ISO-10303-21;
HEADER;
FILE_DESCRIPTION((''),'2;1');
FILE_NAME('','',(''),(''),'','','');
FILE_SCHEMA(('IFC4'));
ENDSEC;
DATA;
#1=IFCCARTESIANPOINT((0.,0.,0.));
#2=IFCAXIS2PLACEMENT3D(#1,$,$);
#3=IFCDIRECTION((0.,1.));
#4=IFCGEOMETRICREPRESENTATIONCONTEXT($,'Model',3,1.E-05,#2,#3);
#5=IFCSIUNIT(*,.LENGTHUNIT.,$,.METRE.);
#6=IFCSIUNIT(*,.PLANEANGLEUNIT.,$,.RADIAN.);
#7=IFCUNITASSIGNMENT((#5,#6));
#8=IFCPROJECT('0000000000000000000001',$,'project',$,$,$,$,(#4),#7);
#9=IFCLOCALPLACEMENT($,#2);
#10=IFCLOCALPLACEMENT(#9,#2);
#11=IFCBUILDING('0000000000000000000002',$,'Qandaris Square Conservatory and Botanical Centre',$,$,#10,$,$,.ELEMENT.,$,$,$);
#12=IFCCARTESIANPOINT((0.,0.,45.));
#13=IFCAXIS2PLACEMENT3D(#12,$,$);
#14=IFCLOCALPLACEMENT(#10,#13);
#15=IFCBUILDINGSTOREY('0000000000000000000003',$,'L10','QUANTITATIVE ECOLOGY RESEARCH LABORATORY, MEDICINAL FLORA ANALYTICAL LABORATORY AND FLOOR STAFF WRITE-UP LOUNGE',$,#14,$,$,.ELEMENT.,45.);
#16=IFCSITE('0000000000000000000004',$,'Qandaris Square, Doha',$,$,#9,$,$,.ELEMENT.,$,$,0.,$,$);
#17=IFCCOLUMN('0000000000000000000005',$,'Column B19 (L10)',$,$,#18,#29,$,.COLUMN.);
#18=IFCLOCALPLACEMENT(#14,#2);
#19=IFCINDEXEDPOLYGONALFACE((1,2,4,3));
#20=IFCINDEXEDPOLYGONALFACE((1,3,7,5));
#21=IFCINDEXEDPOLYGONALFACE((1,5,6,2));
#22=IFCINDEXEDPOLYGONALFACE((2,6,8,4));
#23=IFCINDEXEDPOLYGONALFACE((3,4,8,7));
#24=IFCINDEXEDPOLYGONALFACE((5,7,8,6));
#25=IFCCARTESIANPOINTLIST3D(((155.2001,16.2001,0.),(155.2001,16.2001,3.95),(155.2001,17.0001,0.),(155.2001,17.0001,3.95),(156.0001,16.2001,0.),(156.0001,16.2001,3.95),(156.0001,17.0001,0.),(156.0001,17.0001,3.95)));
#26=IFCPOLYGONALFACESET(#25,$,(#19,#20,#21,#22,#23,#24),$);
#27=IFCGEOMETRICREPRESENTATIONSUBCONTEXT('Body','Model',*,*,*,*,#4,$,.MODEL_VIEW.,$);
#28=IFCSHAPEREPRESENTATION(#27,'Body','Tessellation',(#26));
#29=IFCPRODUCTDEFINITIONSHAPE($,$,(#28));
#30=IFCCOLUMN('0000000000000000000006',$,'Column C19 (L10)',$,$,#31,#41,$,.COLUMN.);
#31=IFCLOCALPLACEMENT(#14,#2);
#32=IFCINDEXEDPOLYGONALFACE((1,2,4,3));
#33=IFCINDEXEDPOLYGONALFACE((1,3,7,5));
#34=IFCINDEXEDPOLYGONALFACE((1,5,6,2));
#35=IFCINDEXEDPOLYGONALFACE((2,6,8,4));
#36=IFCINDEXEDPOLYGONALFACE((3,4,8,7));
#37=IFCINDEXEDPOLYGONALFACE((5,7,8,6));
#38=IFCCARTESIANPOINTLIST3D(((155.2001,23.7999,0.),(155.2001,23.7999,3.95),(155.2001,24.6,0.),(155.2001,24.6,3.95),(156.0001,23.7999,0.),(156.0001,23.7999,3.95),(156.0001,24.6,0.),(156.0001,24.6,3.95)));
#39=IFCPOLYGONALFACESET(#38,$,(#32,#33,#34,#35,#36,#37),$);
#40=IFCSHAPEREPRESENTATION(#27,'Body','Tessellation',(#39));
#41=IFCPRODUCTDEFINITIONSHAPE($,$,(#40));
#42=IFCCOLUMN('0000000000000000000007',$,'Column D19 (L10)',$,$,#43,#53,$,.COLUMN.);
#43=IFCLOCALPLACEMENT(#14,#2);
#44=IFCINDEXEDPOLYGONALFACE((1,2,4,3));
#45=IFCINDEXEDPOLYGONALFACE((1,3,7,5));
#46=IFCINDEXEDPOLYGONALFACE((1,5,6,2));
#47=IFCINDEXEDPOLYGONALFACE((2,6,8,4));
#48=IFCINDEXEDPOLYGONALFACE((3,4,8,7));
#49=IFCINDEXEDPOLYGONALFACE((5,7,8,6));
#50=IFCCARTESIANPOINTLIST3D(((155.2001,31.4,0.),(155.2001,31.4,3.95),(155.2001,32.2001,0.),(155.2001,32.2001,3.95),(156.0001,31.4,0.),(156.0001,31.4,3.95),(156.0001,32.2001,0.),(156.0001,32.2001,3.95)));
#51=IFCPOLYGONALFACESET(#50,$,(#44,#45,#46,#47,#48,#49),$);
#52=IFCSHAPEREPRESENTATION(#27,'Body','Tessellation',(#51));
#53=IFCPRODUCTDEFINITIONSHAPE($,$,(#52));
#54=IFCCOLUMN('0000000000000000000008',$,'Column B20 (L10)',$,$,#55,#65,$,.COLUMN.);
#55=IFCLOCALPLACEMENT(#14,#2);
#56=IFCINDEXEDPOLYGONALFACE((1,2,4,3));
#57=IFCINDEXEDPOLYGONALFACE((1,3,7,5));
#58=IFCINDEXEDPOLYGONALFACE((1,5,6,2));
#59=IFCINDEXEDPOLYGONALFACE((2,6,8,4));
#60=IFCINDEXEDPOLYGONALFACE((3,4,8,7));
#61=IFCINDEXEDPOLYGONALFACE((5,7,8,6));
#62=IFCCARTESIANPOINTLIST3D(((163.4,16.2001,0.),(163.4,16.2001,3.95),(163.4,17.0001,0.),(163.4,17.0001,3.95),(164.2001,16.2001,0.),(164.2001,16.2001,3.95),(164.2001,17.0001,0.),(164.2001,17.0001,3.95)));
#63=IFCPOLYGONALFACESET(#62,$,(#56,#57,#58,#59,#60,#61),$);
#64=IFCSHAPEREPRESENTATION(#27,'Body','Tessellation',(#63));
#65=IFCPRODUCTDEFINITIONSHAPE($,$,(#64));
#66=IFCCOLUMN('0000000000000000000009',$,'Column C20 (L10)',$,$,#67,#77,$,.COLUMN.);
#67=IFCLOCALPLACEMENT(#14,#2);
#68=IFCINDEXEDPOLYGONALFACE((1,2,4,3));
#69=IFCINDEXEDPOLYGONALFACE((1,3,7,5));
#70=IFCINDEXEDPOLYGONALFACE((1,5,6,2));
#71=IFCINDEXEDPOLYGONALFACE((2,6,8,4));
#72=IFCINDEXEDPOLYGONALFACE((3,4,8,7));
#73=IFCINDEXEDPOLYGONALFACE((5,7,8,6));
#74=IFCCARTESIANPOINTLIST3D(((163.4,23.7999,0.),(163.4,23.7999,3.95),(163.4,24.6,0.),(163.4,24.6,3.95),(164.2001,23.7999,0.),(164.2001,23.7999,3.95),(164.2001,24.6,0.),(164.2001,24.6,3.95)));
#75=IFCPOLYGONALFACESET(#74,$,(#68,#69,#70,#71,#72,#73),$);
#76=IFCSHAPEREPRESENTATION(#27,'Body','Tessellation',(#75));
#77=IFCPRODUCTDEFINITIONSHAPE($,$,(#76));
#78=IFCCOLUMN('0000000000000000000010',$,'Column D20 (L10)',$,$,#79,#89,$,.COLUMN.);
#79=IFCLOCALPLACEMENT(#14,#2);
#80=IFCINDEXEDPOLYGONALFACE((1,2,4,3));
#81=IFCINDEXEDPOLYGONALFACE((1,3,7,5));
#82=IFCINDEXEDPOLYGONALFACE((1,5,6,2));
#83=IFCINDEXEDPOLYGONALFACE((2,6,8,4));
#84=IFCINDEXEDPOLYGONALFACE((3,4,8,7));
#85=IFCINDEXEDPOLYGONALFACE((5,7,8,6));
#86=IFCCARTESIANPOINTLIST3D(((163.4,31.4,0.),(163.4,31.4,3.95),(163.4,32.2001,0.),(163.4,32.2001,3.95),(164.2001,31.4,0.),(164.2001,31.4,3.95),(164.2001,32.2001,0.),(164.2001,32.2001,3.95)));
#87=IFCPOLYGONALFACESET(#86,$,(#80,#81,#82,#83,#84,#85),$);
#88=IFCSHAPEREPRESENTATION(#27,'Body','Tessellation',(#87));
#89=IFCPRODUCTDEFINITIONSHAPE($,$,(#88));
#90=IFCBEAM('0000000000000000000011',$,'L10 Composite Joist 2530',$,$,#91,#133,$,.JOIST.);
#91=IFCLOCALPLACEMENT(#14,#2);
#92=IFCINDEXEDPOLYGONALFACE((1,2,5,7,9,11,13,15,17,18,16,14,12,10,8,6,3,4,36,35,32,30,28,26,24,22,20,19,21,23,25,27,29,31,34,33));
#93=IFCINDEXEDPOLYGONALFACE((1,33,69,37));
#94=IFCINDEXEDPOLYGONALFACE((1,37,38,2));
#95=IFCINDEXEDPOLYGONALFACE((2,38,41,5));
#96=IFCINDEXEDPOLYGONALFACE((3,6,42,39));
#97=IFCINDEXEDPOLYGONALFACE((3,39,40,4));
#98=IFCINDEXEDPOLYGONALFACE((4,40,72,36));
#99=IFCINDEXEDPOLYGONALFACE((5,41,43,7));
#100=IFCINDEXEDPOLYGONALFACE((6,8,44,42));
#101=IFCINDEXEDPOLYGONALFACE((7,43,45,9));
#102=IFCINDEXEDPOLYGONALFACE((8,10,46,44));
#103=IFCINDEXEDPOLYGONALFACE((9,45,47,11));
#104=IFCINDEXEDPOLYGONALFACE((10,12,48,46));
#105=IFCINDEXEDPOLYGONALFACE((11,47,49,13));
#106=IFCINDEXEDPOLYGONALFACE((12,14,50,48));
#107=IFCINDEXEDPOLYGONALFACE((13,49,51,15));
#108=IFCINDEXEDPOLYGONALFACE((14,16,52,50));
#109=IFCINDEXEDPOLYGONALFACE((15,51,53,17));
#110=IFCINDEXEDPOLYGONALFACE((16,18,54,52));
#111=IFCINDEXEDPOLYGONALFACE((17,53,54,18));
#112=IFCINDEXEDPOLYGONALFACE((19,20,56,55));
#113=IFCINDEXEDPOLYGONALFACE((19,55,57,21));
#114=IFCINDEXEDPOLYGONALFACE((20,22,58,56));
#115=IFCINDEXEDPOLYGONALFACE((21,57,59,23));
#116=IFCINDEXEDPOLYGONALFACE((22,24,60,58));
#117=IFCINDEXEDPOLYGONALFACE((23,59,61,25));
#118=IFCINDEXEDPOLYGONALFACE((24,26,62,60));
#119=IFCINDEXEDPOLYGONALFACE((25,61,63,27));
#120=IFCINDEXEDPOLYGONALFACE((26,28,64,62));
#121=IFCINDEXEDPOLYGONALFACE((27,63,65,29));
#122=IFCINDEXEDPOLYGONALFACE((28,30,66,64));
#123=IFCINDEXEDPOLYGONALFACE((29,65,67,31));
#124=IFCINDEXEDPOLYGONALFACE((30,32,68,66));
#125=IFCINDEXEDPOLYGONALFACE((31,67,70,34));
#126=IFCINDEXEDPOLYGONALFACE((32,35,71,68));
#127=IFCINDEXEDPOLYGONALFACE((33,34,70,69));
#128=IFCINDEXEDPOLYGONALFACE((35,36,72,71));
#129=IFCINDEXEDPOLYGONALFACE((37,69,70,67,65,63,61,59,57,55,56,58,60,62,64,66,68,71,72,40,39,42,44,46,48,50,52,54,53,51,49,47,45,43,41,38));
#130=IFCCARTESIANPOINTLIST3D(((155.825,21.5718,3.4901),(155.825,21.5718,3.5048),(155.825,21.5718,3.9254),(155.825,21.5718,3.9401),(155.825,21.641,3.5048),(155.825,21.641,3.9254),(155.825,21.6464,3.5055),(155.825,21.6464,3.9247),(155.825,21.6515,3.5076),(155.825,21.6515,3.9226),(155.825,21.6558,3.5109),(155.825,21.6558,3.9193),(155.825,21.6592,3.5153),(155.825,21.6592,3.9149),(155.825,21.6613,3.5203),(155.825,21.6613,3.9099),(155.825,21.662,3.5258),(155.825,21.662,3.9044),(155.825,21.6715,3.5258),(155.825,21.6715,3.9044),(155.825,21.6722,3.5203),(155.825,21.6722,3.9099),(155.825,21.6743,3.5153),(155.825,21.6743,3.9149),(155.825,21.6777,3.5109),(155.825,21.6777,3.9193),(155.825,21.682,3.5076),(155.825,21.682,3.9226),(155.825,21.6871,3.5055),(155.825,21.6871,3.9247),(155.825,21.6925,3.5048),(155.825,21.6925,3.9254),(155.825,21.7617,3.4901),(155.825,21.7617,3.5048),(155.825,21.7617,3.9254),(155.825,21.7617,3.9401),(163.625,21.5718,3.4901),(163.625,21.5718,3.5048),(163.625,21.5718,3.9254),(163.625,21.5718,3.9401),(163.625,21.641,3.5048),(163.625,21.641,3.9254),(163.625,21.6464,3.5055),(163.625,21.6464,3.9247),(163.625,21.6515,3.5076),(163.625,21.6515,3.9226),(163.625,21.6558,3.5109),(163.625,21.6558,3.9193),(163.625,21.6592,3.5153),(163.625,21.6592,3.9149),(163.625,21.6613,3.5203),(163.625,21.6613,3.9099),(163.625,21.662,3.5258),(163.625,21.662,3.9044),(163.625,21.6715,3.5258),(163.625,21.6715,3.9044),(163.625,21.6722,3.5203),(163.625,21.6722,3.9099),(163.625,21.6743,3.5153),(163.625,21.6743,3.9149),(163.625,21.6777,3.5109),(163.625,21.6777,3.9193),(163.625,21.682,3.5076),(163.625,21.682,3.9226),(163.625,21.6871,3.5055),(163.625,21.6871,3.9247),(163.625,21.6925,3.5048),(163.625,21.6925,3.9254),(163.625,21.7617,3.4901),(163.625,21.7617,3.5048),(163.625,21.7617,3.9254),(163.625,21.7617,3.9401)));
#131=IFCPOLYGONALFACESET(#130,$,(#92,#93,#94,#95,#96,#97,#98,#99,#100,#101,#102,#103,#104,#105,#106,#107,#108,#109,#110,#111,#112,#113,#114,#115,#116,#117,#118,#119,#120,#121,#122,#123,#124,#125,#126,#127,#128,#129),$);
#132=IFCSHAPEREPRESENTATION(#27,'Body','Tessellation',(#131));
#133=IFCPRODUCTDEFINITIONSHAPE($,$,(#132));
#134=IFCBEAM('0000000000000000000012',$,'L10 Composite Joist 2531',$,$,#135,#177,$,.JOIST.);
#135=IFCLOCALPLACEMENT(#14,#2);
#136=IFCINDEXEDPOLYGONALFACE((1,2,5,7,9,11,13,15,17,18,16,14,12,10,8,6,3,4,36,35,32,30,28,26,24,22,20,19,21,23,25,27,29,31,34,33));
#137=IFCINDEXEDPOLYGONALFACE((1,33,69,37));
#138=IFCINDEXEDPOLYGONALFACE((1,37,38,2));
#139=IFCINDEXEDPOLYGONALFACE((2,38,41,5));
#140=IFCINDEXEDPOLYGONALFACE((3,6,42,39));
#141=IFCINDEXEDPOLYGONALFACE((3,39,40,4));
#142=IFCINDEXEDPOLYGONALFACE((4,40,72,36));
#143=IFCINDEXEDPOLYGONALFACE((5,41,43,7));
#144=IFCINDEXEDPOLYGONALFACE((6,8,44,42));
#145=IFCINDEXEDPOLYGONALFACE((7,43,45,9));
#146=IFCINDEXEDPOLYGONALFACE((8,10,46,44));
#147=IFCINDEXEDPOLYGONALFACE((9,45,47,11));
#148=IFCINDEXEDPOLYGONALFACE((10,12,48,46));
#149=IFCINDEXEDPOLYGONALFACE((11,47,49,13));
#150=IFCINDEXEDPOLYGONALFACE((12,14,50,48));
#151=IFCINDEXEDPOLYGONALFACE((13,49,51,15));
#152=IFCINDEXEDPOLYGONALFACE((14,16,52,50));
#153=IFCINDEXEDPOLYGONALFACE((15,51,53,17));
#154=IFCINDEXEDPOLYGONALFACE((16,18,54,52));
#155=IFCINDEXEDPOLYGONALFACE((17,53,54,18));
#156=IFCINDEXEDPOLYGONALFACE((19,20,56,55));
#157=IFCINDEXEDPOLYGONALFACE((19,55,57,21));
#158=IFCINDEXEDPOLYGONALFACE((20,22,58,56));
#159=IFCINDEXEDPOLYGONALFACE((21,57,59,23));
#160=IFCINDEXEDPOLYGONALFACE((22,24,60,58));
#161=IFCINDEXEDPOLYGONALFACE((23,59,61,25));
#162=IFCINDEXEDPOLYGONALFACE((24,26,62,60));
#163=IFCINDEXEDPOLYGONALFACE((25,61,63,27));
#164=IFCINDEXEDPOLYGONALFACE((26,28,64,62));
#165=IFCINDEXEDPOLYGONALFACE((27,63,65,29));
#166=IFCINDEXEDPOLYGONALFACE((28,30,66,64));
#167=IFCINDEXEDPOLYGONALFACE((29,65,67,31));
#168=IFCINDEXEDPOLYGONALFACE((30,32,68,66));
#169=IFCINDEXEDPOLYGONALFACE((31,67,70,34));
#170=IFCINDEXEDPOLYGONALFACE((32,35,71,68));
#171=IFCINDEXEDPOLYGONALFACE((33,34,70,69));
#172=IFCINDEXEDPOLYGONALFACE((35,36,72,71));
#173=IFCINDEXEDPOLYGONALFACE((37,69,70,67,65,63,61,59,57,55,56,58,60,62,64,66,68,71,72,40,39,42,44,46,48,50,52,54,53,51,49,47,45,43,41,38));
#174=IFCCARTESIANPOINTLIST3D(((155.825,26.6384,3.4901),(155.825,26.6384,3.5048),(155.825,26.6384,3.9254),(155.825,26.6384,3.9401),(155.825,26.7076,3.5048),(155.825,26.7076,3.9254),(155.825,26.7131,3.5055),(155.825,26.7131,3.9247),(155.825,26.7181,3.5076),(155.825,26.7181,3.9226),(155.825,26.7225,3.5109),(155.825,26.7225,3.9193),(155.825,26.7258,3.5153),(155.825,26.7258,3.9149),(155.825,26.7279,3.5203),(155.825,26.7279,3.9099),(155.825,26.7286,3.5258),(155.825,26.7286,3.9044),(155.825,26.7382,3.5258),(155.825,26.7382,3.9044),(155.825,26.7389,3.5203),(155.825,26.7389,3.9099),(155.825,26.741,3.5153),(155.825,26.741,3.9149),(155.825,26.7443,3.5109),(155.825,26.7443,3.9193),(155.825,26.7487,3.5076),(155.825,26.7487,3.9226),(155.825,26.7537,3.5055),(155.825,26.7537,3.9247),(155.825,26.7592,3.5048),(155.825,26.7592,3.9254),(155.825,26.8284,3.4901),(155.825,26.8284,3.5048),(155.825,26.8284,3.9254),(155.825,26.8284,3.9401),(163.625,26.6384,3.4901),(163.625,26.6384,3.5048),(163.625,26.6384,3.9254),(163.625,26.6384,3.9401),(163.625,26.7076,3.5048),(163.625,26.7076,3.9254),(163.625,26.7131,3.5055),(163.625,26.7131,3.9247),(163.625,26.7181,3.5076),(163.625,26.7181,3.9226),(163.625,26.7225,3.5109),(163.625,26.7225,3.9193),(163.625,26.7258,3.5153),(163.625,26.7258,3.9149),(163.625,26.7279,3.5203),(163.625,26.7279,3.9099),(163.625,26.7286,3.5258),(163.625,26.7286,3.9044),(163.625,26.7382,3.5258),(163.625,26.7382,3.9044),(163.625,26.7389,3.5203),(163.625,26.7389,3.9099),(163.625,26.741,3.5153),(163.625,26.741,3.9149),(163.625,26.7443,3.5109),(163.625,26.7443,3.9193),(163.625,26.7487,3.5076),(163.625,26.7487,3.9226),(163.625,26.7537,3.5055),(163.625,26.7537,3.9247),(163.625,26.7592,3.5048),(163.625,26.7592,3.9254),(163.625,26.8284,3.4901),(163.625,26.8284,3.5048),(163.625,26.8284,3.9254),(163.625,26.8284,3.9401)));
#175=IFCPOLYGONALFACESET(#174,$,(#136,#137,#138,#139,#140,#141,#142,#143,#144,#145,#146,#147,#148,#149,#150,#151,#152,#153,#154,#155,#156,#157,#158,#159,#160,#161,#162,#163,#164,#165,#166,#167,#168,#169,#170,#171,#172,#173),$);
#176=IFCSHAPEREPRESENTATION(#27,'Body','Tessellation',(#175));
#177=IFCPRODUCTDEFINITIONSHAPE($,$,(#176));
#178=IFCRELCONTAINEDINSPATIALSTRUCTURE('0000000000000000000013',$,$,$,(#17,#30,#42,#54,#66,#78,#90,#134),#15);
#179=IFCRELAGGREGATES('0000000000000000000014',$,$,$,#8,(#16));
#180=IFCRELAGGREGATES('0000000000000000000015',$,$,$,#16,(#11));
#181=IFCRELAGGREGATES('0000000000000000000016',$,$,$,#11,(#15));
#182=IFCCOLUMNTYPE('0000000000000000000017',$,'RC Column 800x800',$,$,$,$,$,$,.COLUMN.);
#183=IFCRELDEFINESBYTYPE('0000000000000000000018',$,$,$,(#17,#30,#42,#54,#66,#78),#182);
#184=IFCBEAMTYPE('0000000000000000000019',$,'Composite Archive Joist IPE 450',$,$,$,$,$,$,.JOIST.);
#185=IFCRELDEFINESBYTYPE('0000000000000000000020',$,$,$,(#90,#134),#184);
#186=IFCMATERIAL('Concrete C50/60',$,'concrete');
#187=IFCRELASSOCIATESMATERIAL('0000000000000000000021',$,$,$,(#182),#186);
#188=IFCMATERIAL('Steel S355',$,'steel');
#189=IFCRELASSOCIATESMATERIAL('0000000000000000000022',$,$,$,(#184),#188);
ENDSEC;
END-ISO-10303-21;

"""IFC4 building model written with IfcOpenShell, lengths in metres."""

from ifc_helpers import new_model, si_unit, direction, frame, origin, origin_2d, place, context, subcontext, project, spatial, rectangle, i_section, extrude, material, material_profile, profile_set, type_object, element, save


model = new_model("IFC4")

# Units and contexts
model_context = context("Model", 3, precision=1e-05, world=origin(), true_north=direction((0.0, 1.0)))
body_context = subcontext(model_context, "Body", "Model", "MODEL_VIEW")
ifc_project = project(units=[si_unit("LENGTHUNIT", "METRE"), si_unit("PLANEANGLEUNIT", "RADIAN")], contexts=[model_context])

# Site, building, storey
site_placement = place(None, origin())
site = spatial("IfcSite", under=ifc_project, at=site_placement, Name="Qandaris Square, Doha", CompositionType="ELEMENT", RefElevation=0.0)
building_placement = place(site_placement, origin())
building = spatial("IfcBuilding", under=site, at=building_placement, Name="Qandaris Square Conservatory and Botanical Centre", CompositionType="ELEMENT")
storey_placement = place(building_placement, frame((0.0, 0.0, 45.0)))
storey = spatial("IfcBuildingStorey", under=building, at=storey_placement, Name="L10", Description="QUANTITATIVE ECOLOGY RESEARCH LABORATORY, MEDICINAL FLORA ANALYTICAL LABORATORY AND FLOOR STAFF WRITE-UP LOUNGE", CompositionType="ELEMENT", Elevation=45.0)

# Columns
ifc_material_1 = material(Name="Concrete C50/60", Category="concrete")
ifc_material_profile_1 = material_profile(ifc_material_1, rectangle(XDim=0.8, YDim=0.8, at=origin_2d()), Name="RC-COL 800x800")
ifc_profile_set_1 = profile_set([ifc_material_profile_1], Name="Concrete C50/60")
column_type = type_object("IfcColumnType", Name="RC Column 800x800", PredefinedType="COLUMN", material=ifc_profile_set_1)
for number, where, z_axis, x_axis, name in (
    (1, (155.6001, 16.6001, 0.0), (0.0, 0.0, 1.0), (1.0, 0.0, 0.0), "Column B19 (L10)"),
    (2, (155.6001, 24.2, 0.0), (0.0, 0.0, 1.0), (1.0, 0.0, 0.0), "Column C19 (L10)"),
    (3, (155.6001, 31.8, 0.0), (0.0, 0.0, 1.0), (1.0, 0.0, 0.0), "Column D19 (L10)"),
    (4, (163.8, 16.6001, 0.0), (0.0, 0.0, 1.0), (1.0, 0.0, 0.0), "Column B20 (L10)"),
    (5, (163.8, 24.2, 0.0), (0.0, 0.0, 1.0), (1.0, 0.0, 0.0), "Column C20 (L10)"),
    (6, (163.8, 31.8, 0.0), (0.0, 0.0, 1.0), (1.0, 0.0, 0.0), "Column D20 (L10)"),
):
    element("IfcColumn", number, at=place(storey_placement, frame(where, z_axis=z_axis, x_axis=x_axis)), inside=storey, type_object=column_type, Name=name, PredefinedType="COLUMN", context=body_context, shape_type="SweptSolid", body=[
        extrude(rectangle(XDim=0.8, YDim=0.8, at=origin_2d()), origin(), (0.0, 0.0, 1.0), 3.95),
    ])

# Beams
ifc_material_2 = material(Name="Steel S355", Category="steel")
ifc_material_profile_2 = material_profile(ifc_material_2, i_section(OverallWidth=0.1899, OverallDepth=0.45, WebThickness=0.0095, FlangeThickness=0.0146, FilletRadius=0.021, at=origin_2d()), Name="IPE 450")
ifc_profile_set_2 = profile_set([ifc_material_profile_2], Name="Steel S355")
beam_type_1 = type_object("IfcBeamType", Name="Composite Archive Joist IPE 450", PredefinedType="JOIST", material=ifc_profile_set_2)
for number, where, z_axis, x_axis, name in (
    (7, (155.825, 21.6667, 3.7151), (1.0, 0.0, 0.0), (0.0, 1.0, 0.0), "L10 Composite Joist 2530"),
    (8, (155.825, 26.7334, 3.7151), (1.0, 0.0, 0.0), (0.0, 1.0, 0.0), "L10 Composite Joist 2531"),
):
    element("IfcBeam", number, at=place(storey_placement, frame(where, z_axis=z_axis, x_axis=x_axis)), inside=storey, type_object=beam_type_1, Name=name, PredefinedType="JOIST", context=body_context, shape_type="SweptSolid", body=[
        extrude(i_section(OverallWidth=0.1899, OverallDepth=0.45, WebThickness=0.0095, FlangeThickness=0.0146, FilletRadius=0.021, at=origin_2d()), origin(), (0.0, 0.0, 1.0), 7.8),
    ])

save(model, "model.ifc")
